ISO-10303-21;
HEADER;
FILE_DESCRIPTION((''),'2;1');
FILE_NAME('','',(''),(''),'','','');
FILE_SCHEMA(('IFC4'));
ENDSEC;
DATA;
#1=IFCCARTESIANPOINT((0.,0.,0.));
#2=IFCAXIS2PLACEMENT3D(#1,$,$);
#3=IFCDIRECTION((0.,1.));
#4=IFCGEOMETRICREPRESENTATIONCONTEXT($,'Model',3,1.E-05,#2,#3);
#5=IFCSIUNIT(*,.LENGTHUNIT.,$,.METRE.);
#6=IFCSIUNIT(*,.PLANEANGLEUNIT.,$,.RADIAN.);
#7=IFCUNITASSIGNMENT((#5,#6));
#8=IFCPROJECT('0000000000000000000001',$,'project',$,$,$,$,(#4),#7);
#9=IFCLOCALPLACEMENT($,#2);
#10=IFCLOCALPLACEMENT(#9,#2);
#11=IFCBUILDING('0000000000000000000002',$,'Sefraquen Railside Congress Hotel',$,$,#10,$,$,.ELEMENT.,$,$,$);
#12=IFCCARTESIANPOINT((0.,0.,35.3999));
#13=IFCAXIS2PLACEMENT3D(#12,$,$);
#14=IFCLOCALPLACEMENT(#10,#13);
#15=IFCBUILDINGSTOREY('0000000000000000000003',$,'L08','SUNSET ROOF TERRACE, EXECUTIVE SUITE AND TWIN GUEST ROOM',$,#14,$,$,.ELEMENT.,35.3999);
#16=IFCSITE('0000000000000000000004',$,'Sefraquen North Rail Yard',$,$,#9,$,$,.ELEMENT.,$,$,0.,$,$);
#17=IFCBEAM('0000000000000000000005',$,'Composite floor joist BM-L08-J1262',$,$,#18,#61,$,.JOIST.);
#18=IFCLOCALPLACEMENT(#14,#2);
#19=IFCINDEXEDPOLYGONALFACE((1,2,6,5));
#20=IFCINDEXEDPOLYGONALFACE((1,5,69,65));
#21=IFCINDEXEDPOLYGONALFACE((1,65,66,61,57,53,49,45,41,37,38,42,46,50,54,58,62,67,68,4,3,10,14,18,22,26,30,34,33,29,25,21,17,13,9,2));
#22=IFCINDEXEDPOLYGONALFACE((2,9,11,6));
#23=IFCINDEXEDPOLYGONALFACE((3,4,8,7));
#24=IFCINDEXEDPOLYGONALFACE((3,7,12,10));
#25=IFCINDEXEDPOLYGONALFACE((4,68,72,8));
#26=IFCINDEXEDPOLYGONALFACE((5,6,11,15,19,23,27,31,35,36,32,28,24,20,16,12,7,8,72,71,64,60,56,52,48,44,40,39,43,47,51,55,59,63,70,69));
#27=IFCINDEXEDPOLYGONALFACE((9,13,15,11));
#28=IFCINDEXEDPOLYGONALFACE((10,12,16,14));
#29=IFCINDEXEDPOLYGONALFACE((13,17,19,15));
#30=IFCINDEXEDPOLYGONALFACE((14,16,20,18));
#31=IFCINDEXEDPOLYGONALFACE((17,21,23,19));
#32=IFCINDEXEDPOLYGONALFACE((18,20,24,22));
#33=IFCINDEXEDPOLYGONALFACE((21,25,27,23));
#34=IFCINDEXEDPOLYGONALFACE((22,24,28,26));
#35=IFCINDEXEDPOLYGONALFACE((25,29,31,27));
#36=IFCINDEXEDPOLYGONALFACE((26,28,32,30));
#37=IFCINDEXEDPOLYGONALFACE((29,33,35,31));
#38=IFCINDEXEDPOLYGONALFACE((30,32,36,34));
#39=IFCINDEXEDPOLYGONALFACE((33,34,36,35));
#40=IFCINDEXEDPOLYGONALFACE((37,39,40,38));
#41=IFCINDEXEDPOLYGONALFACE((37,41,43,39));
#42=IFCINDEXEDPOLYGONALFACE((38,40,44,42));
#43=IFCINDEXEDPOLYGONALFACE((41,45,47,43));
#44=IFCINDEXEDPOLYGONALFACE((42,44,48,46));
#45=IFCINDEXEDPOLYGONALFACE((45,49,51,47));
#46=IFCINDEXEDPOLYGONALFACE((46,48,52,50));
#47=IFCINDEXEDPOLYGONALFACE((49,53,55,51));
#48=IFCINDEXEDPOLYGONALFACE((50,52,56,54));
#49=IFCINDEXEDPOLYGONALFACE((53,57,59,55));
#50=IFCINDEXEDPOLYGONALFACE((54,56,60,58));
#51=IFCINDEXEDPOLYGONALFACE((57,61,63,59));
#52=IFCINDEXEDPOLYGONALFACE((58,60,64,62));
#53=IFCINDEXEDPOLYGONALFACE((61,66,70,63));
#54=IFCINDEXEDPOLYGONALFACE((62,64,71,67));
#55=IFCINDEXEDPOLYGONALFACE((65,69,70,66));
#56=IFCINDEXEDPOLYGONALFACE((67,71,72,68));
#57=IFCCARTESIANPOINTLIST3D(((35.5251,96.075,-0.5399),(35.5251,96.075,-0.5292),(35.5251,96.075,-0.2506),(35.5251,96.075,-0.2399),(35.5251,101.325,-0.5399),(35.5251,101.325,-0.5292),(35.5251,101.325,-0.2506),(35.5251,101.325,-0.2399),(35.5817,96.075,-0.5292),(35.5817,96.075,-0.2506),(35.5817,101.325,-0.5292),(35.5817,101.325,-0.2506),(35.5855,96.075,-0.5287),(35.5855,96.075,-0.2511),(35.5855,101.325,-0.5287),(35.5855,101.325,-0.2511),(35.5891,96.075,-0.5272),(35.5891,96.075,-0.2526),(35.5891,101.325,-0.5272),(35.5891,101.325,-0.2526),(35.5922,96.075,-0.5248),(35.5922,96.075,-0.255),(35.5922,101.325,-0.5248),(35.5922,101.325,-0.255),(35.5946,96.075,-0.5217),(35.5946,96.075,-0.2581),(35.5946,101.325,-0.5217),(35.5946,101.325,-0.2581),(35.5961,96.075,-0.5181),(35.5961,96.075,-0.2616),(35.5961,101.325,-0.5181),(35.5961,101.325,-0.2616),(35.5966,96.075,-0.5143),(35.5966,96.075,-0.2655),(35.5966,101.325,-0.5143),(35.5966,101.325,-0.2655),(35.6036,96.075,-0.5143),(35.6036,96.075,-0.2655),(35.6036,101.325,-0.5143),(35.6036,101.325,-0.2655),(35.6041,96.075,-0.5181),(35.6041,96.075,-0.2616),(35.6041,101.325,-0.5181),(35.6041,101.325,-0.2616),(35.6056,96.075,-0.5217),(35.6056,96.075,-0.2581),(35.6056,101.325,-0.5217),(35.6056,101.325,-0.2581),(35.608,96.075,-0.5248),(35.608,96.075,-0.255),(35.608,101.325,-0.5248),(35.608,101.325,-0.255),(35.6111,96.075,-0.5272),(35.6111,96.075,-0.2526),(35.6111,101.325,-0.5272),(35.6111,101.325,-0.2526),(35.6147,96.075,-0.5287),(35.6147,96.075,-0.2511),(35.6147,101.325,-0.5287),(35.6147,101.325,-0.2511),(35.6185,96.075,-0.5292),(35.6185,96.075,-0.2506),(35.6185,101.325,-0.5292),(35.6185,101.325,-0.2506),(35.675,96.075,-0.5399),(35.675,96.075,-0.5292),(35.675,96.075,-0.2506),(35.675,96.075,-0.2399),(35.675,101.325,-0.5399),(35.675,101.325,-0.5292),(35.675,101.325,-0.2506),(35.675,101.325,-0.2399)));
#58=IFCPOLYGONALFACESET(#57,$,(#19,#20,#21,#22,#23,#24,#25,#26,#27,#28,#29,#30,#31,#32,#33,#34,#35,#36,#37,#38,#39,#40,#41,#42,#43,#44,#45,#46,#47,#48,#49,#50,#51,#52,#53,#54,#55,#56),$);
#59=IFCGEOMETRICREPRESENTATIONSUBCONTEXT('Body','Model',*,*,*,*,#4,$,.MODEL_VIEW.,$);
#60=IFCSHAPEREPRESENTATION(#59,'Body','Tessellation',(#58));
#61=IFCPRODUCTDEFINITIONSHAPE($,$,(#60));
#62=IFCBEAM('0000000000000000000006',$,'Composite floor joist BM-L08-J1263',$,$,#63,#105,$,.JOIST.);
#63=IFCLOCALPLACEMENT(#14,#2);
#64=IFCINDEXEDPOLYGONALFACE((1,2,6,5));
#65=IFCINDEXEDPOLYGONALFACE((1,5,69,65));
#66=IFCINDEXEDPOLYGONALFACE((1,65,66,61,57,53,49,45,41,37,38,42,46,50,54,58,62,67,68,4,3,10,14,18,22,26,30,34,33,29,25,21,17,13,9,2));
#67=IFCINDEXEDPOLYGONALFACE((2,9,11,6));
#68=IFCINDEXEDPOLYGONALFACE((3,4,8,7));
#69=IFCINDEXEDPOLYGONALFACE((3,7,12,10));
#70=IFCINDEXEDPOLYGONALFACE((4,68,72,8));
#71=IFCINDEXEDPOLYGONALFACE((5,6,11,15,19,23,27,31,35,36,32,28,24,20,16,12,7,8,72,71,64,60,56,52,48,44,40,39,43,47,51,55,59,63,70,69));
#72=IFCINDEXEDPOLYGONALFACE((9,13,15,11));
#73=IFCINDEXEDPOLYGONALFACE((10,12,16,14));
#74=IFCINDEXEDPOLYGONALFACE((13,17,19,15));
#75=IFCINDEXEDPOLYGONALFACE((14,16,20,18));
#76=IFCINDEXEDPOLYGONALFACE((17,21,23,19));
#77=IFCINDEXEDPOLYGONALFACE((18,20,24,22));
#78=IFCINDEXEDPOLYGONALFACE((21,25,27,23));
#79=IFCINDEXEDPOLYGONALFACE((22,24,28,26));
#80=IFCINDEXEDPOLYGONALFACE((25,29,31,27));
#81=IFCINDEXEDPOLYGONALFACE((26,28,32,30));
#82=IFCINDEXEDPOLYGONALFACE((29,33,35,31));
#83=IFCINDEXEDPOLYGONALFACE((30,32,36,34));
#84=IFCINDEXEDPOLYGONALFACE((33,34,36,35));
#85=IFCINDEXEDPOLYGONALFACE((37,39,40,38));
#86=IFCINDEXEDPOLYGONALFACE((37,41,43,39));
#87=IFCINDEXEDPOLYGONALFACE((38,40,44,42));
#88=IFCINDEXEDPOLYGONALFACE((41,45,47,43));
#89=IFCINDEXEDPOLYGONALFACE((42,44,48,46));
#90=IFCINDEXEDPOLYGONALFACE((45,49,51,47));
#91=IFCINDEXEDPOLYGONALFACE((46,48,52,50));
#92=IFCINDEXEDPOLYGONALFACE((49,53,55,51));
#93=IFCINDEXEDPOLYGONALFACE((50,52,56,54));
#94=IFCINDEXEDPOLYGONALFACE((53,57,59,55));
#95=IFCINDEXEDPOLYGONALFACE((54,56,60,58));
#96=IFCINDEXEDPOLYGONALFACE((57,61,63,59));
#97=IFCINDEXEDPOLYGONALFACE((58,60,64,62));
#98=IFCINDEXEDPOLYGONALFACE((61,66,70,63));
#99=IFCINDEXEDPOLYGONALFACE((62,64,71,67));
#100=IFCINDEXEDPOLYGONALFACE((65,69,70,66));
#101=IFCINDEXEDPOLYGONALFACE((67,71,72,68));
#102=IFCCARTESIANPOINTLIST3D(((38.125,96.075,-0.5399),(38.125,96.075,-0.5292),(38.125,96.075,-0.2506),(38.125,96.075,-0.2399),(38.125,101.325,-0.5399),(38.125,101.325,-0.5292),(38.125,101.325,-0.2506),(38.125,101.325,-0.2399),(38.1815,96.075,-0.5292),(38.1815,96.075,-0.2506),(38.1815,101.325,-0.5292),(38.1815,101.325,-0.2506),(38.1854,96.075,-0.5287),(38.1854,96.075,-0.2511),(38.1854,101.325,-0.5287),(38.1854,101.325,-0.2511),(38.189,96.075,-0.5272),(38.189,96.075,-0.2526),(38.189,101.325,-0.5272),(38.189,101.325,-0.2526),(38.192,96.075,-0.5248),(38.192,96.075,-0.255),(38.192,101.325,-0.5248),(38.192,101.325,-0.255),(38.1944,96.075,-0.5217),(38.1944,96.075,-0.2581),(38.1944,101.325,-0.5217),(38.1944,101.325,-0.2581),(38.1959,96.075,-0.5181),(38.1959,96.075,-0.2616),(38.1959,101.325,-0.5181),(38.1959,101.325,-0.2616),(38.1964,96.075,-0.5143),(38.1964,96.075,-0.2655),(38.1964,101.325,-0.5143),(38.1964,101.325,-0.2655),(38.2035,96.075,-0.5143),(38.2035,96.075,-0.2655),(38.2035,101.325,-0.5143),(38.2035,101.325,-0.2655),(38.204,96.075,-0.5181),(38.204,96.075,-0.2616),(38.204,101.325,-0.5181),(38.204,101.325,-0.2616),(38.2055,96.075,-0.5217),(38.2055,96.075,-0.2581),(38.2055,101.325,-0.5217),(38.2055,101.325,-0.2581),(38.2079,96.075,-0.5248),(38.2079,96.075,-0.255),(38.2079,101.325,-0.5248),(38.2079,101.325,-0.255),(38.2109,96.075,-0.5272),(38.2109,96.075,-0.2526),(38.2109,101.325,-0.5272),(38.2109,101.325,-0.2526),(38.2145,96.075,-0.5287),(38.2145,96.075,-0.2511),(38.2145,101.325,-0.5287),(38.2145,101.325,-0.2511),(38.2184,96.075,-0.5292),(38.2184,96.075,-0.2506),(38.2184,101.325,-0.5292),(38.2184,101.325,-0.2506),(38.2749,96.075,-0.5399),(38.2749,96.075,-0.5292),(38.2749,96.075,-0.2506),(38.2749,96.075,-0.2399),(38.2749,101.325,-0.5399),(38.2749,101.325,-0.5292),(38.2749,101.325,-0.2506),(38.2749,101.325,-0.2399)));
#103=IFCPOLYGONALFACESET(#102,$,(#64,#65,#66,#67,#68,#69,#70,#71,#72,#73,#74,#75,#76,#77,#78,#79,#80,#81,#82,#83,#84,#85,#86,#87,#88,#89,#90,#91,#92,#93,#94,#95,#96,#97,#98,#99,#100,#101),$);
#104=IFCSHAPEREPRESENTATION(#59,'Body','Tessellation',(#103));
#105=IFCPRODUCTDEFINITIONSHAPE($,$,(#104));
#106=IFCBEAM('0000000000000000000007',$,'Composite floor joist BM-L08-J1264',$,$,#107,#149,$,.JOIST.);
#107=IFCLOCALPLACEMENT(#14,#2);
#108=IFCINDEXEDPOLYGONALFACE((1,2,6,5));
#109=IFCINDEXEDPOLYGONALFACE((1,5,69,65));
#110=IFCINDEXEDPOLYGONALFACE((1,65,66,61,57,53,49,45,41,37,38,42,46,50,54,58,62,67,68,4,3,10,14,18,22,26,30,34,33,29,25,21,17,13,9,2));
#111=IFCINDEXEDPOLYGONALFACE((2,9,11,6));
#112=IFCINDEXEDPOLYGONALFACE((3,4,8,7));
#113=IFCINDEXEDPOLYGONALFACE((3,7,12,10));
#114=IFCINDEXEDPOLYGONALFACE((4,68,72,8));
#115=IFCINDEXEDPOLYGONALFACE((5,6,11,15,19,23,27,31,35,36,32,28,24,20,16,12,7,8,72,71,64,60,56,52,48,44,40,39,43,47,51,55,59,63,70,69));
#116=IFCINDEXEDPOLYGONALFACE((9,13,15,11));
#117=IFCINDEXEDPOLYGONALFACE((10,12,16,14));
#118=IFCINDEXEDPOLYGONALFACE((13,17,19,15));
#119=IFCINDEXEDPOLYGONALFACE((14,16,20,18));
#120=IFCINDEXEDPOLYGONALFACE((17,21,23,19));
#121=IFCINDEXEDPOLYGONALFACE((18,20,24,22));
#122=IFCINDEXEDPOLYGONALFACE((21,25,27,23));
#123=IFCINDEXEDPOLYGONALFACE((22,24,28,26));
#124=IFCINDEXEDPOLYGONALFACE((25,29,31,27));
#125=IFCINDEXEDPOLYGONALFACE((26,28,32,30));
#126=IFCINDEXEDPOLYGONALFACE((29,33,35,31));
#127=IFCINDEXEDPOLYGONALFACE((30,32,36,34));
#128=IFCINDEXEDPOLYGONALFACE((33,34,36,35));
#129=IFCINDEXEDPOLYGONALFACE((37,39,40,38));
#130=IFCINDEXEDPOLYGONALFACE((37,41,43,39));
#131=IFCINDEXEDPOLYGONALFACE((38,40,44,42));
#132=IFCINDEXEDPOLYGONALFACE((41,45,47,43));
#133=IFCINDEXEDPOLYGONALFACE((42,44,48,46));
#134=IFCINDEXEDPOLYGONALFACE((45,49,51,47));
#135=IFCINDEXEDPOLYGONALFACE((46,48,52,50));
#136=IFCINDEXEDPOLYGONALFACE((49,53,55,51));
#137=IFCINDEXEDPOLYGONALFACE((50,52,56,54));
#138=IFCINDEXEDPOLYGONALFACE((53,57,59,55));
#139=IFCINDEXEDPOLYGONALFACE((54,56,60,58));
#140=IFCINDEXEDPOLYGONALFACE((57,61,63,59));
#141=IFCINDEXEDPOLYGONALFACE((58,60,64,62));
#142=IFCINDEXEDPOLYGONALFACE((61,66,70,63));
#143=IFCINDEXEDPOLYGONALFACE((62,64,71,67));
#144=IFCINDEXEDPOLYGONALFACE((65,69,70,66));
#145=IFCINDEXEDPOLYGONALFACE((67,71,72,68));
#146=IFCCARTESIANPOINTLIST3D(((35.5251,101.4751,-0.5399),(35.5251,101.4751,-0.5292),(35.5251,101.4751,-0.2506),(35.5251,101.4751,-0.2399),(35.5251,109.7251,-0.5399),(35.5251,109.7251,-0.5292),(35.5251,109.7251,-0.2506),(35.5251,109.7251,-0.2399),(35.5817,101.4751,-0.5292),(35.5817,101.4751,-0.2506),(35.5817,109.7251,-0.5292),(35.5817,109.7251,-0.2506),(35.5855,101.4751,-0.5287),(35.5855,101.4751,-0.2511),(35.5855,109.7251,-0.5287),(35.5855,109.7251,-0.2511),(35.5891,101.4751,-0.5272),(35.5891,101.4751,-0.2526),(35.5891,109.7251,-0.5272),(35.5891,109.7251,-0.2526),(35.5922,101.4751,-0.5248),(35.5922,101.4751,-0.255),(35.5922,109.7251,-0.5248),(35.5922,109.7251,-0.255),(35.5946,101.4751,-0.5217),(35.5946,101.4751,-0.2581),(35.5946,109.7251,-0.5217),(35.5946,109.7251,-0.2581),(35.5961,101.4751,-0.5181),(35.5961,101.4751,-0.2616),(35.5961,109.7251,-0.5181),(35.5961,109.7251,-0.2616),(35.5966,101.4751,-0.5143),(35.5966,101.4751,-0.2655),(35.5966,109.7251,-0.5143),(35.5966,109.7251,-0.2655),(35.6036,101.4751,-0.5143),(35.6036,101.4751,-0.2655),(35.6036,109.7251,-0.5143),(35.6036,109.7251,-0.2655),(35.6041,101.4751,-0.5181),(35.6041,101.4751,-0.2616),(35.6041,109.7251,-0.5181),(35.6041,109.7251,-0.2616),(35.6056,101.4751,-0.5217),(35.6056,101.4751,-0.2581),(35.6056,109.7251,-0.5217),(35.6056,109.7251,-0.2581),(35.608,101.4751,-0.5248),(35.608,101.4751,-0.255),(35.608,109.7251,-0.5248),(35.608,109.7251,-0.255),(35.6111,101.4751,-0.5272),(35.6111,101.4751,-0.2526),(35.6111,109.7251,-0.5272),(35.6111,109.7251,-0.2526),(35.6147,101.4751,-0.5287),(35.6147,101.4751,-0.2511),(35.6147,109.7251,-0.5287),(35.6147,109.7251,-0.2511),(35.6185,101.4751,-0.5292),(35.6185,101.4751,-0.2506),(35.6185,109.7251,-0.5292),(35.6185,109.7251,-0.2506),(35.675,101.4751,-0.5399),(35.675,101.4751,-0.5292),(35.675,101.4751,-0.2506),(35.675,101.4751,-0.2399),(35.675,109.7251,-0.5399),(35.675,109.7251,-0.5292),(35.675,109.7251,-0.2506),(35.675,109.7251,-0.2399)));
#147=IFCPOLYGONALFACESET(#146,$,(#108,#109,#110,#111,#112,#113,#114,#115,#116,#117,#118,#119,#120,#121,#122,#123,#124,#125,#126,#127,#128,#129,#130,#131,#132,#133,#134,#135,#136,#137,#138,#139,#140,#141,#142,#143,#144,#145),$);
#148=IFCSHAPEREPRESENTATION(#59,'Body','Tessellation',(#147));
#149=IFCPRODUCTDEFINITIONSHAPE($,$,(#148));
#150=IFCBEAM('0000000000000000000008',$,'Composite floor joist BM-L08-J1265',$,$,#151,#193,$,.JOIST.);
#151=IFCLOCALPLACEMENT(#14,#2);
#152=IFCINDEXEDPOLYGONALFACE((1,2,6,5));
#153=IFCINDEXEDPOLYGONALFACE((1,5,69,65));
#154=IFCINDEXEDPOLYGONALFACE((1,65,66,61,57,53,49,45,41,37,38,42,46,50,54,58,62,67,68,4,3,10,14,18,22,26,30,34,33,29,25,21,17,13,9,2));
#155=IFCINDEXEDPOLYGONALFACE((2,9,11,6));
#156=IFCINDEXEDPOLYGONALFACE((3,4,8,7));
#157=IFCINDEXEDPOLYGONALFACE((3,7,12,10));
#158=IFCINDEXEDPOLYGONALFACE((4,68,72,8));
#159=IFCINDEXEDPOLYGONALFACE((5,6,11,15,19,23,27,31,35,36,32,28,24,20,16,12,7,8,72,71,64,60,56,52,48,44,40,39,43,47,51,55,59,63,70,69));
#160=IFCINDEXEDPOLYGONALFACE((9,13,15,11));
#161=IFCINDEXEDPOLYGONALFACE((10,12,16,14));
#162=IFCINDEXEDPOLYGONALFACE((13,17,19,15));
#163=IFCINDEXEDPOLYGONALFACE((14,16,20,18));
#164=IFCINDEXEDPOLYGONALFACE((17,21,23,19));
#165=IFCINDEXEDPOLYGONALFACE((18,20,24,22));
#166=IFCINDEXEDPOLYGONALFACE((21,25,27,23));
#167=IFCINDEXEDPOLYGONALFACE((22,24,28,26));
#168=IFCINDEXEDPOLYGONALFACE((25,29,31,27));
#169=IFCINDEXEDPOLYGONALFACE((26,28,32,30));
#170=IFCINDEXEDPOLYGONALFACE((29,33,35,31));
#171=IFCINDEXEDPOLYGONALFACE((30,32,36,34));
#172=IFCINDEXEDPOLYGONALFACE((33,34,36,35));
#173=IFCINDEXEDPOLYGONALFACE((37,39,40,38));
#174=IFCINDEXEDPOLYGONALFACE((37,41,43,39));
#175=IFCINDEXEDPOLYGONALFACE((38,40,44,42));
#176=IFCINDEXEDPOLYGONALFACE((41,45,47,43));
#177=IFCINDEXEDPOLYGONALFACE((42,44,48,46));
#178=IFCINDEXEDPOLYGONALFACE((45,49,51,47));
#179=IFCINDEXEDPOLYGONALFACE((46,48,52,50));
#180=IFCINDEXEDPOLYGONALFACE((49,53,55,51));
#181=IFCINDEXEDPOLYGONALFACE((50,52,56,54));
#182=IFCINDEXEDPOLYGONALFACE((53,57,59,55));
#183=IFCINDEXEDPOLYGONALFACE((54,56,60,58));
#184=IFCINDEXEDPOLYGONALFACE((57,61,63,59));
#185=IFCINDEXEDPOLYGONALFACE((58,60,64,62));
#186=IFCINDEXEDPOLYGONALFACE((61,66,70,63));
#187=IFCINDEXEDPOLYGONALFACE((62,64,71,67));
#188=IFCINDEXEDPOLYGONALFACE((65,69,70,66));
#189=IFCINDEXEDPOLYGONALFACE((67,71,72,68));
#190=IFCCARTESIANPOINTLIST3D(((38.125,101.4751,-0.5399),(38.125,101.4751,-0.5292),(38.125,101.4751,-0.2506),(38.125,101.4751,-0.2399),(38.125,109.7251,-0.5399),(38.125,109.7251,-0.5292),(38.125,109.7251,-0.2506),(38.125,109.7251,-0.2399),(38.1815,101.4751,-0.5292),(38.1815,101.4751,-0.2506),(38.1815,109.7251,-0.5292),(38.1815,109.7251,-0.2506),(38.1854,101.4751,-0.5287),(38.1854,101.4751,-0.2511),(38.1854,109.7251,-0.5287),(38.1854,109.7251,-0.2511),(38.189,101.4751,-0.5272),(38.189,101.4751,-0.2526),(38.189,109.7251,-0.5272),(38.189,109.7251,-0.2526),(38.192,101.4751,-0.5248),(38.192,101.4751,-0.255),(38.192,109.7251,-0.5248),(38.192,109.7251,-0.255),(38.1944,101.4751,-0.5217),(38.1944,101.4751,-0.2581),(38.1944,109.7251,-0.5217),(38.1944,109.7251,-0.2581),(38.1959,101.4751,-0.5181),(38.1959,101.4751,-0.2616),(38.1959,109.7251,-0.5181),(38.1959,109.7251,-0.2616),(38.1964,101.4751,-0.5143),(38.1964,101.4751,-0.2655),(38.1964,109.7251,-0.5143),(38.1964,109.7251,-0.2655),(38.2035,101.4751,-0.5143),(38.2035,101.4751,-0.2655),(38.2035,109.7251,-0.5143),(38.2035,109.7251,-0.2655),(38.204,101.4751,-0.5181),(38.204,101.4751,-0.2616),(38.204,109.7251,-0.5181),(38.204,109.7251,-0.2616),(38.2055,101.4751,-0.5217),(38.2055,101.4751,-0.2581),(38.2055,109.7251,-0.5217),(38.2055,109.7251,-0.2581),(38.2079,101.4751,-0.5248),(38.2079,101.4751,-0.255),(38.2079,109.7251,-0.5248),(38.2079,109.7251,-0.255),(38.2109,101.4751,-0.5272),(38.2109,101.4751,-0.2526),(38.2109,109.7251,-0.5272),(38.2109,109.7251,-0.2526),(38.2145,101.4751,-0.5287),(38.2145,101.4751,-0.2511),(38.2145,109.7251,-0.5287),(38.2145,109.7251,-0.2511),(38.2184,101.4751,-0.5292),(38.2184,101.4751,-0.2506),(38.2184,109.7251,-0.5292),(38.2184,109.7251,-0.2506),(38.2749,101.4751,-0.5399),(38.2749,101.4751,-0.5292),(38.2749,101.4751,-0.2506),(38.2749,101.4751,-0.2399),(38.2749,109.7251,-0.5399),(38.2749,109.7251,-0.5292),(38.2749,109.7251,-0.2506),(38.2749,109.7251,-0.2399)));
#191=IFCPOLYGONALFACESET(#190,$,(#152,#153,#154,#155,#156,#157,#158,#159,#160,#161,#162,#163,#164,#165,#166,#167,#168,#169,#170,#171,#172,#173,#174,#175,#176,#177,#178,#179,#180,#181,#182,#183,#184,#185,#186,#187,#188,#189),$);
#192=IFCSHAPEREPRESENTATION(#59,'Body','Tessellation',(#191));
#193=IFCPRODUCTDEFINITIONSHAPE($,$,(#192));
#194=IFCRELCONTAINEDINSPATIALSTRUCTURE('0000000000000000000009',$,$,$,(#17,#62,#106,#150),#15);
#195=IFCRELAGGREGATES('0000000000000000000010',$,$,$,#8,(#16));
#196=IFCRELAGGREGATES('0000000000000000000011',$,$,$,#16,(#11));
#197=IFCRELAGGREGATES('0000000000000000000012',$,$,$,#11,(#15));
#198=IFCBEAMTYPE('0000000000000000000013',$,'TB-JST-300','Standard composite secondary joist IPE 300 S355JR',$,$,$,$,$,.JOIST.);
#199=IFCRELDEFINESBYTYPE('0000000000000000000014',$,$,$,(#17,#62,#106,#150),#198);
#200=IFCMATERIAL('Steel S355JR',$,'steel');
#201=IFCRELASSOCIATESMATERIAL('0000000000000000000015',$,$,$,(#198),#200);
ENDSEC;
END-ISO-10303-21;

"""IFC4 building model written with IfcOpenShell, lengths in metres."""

from ifc_helpers import new_model, si_unit, direction, frame, origin, origin_2d, place, context, subcontext, project, spatial, i_section, extrude, material, material_profile, profile_set, type_object, element, save


model = new_model("IFC4")

# Units and contexts
model_context = context("Model", 3, precision=1e-05, world=origin(), true_north=direction((0.0, 1.0)))
body_context = subcontext(model_context, "Body", "Model", "MODEL_VIEW")
ifc_project = project(units=[si_unit("LENGTHUNIT", "METRE"), si_unit("PLANEANGLEUNIT", "RADIAN")], contexts=[model_context])

# Site, building, storey
site_placement = place(None, origin())
site = spatial("IfcSite", under=ifc_project, at=site_placement, Name="Sefraquen North Rail Yard", CompositionType="ELEMENT", RefElevation=0.0)
building_placement = place(site_placement, origin())
building = spatial("IfcBuilding", under=site, at=building_placement, Name="Sefraquen Railside Congress Hotel", CompositionType="ELEMENT")
storey_placement = place(building_placement, frame((0.0, 0.0, 35.3999)))
storey = spatial("IfcBuildingStorey", under=building, at=storey_placement, Name="L08", Description="SUNSET ROOF TERRACE, EXECUTIVE SUITE AND TWIN GUEST ROOM", CompositionType="ELEMENT", Elevation=35.3999)

# Shared definitions
ifc_material_1 = material(Name="Steel S355JR", Category="steel")

# Beams
ifc_material_profile_1 = material_profile(ifc_material_1, i_section(OverallWidth=0.1499, OverallDepth=0.3, WebThickness=0.0071, FlangeThickness=0.0107, FilletRadius=0.0149, at=origin_2d()), Name="IPE 300")
ifc_profile_set_1 = profile_set([ifc_material_profile_1], Name="Steel S355JR")
beam_type_1 = type_object("IfcBeamType", Name="TB-JST-300", Description="Standard composite secondary joist IPE 300 S355JR", PredefinedType="JOIST", material=ifc_profile_set_1)
for number, where, z_axis, x_axis, name in (
    (1, (35.6001, 96.075, -0.3899), (0.0, 1.0, 0.0), (-1.0, 0.0, 0.0), "Composite floor joist BM-L08-J1262"),
    (2, (38.2, 96.075, -0.3899), (0.0, 1.0, 0.0), (-1.0, 0.0, 0.0), "Composite floor joist BM-L08-J1263"),
):
    element("IfcBeam", number, at=place(storey_placement, frame(where, z_axis=z_axis, x_axis=x_axis)), inside=storey, type_object=beam_type_1, Name=name, PredefinedType="JOIST", context=body_context, shape_type="SweptSolid", body=[
        extrude(i_section(OverallWidth=0.1499, OverallDepth=0.3, WebThickness=0.0071, FlangeThickness=0.0107, FilletRadius=0.0149, at=origin_2d()), origin(), (0.0, 0.0, 1.0), 5.25),
    ])
for number, where, z_axis, x_axis, name in (
    (3, (35.6001, 101.4751, -0.3899), (0.0, 1.0, 0.0), (-1.0, 0.0, 0.0), "Composite floor joist BM-L08-J1264"),
    (4, (38.2, 101.4751, -0.3899), (0.0, 1.0, 0.0), (-1.0, 0.0, 0.0), "Composite floor joist BM-L08-J1265"),
):
    element("IfcBeam", number, at=place(storey_placement, frame(where, z_axis=z_axis, x_axis=x_axis)), inside=storey, type_object=beam_type_1, Name=name, PredefinedType="JOIST", context=body_context, shape_type="SweptSolid", body=[
        extrude(i_section(OverallWidth=0.1499, OverallDepth=0.3, WebThickness=0.0071, FlangeThickness=0.0107, FilletRadius=0.0149, at=origin_2d()), origin(), (0.0, 0.0, 1.0), 8.25),
    ])

save(model, "model.ifc")
